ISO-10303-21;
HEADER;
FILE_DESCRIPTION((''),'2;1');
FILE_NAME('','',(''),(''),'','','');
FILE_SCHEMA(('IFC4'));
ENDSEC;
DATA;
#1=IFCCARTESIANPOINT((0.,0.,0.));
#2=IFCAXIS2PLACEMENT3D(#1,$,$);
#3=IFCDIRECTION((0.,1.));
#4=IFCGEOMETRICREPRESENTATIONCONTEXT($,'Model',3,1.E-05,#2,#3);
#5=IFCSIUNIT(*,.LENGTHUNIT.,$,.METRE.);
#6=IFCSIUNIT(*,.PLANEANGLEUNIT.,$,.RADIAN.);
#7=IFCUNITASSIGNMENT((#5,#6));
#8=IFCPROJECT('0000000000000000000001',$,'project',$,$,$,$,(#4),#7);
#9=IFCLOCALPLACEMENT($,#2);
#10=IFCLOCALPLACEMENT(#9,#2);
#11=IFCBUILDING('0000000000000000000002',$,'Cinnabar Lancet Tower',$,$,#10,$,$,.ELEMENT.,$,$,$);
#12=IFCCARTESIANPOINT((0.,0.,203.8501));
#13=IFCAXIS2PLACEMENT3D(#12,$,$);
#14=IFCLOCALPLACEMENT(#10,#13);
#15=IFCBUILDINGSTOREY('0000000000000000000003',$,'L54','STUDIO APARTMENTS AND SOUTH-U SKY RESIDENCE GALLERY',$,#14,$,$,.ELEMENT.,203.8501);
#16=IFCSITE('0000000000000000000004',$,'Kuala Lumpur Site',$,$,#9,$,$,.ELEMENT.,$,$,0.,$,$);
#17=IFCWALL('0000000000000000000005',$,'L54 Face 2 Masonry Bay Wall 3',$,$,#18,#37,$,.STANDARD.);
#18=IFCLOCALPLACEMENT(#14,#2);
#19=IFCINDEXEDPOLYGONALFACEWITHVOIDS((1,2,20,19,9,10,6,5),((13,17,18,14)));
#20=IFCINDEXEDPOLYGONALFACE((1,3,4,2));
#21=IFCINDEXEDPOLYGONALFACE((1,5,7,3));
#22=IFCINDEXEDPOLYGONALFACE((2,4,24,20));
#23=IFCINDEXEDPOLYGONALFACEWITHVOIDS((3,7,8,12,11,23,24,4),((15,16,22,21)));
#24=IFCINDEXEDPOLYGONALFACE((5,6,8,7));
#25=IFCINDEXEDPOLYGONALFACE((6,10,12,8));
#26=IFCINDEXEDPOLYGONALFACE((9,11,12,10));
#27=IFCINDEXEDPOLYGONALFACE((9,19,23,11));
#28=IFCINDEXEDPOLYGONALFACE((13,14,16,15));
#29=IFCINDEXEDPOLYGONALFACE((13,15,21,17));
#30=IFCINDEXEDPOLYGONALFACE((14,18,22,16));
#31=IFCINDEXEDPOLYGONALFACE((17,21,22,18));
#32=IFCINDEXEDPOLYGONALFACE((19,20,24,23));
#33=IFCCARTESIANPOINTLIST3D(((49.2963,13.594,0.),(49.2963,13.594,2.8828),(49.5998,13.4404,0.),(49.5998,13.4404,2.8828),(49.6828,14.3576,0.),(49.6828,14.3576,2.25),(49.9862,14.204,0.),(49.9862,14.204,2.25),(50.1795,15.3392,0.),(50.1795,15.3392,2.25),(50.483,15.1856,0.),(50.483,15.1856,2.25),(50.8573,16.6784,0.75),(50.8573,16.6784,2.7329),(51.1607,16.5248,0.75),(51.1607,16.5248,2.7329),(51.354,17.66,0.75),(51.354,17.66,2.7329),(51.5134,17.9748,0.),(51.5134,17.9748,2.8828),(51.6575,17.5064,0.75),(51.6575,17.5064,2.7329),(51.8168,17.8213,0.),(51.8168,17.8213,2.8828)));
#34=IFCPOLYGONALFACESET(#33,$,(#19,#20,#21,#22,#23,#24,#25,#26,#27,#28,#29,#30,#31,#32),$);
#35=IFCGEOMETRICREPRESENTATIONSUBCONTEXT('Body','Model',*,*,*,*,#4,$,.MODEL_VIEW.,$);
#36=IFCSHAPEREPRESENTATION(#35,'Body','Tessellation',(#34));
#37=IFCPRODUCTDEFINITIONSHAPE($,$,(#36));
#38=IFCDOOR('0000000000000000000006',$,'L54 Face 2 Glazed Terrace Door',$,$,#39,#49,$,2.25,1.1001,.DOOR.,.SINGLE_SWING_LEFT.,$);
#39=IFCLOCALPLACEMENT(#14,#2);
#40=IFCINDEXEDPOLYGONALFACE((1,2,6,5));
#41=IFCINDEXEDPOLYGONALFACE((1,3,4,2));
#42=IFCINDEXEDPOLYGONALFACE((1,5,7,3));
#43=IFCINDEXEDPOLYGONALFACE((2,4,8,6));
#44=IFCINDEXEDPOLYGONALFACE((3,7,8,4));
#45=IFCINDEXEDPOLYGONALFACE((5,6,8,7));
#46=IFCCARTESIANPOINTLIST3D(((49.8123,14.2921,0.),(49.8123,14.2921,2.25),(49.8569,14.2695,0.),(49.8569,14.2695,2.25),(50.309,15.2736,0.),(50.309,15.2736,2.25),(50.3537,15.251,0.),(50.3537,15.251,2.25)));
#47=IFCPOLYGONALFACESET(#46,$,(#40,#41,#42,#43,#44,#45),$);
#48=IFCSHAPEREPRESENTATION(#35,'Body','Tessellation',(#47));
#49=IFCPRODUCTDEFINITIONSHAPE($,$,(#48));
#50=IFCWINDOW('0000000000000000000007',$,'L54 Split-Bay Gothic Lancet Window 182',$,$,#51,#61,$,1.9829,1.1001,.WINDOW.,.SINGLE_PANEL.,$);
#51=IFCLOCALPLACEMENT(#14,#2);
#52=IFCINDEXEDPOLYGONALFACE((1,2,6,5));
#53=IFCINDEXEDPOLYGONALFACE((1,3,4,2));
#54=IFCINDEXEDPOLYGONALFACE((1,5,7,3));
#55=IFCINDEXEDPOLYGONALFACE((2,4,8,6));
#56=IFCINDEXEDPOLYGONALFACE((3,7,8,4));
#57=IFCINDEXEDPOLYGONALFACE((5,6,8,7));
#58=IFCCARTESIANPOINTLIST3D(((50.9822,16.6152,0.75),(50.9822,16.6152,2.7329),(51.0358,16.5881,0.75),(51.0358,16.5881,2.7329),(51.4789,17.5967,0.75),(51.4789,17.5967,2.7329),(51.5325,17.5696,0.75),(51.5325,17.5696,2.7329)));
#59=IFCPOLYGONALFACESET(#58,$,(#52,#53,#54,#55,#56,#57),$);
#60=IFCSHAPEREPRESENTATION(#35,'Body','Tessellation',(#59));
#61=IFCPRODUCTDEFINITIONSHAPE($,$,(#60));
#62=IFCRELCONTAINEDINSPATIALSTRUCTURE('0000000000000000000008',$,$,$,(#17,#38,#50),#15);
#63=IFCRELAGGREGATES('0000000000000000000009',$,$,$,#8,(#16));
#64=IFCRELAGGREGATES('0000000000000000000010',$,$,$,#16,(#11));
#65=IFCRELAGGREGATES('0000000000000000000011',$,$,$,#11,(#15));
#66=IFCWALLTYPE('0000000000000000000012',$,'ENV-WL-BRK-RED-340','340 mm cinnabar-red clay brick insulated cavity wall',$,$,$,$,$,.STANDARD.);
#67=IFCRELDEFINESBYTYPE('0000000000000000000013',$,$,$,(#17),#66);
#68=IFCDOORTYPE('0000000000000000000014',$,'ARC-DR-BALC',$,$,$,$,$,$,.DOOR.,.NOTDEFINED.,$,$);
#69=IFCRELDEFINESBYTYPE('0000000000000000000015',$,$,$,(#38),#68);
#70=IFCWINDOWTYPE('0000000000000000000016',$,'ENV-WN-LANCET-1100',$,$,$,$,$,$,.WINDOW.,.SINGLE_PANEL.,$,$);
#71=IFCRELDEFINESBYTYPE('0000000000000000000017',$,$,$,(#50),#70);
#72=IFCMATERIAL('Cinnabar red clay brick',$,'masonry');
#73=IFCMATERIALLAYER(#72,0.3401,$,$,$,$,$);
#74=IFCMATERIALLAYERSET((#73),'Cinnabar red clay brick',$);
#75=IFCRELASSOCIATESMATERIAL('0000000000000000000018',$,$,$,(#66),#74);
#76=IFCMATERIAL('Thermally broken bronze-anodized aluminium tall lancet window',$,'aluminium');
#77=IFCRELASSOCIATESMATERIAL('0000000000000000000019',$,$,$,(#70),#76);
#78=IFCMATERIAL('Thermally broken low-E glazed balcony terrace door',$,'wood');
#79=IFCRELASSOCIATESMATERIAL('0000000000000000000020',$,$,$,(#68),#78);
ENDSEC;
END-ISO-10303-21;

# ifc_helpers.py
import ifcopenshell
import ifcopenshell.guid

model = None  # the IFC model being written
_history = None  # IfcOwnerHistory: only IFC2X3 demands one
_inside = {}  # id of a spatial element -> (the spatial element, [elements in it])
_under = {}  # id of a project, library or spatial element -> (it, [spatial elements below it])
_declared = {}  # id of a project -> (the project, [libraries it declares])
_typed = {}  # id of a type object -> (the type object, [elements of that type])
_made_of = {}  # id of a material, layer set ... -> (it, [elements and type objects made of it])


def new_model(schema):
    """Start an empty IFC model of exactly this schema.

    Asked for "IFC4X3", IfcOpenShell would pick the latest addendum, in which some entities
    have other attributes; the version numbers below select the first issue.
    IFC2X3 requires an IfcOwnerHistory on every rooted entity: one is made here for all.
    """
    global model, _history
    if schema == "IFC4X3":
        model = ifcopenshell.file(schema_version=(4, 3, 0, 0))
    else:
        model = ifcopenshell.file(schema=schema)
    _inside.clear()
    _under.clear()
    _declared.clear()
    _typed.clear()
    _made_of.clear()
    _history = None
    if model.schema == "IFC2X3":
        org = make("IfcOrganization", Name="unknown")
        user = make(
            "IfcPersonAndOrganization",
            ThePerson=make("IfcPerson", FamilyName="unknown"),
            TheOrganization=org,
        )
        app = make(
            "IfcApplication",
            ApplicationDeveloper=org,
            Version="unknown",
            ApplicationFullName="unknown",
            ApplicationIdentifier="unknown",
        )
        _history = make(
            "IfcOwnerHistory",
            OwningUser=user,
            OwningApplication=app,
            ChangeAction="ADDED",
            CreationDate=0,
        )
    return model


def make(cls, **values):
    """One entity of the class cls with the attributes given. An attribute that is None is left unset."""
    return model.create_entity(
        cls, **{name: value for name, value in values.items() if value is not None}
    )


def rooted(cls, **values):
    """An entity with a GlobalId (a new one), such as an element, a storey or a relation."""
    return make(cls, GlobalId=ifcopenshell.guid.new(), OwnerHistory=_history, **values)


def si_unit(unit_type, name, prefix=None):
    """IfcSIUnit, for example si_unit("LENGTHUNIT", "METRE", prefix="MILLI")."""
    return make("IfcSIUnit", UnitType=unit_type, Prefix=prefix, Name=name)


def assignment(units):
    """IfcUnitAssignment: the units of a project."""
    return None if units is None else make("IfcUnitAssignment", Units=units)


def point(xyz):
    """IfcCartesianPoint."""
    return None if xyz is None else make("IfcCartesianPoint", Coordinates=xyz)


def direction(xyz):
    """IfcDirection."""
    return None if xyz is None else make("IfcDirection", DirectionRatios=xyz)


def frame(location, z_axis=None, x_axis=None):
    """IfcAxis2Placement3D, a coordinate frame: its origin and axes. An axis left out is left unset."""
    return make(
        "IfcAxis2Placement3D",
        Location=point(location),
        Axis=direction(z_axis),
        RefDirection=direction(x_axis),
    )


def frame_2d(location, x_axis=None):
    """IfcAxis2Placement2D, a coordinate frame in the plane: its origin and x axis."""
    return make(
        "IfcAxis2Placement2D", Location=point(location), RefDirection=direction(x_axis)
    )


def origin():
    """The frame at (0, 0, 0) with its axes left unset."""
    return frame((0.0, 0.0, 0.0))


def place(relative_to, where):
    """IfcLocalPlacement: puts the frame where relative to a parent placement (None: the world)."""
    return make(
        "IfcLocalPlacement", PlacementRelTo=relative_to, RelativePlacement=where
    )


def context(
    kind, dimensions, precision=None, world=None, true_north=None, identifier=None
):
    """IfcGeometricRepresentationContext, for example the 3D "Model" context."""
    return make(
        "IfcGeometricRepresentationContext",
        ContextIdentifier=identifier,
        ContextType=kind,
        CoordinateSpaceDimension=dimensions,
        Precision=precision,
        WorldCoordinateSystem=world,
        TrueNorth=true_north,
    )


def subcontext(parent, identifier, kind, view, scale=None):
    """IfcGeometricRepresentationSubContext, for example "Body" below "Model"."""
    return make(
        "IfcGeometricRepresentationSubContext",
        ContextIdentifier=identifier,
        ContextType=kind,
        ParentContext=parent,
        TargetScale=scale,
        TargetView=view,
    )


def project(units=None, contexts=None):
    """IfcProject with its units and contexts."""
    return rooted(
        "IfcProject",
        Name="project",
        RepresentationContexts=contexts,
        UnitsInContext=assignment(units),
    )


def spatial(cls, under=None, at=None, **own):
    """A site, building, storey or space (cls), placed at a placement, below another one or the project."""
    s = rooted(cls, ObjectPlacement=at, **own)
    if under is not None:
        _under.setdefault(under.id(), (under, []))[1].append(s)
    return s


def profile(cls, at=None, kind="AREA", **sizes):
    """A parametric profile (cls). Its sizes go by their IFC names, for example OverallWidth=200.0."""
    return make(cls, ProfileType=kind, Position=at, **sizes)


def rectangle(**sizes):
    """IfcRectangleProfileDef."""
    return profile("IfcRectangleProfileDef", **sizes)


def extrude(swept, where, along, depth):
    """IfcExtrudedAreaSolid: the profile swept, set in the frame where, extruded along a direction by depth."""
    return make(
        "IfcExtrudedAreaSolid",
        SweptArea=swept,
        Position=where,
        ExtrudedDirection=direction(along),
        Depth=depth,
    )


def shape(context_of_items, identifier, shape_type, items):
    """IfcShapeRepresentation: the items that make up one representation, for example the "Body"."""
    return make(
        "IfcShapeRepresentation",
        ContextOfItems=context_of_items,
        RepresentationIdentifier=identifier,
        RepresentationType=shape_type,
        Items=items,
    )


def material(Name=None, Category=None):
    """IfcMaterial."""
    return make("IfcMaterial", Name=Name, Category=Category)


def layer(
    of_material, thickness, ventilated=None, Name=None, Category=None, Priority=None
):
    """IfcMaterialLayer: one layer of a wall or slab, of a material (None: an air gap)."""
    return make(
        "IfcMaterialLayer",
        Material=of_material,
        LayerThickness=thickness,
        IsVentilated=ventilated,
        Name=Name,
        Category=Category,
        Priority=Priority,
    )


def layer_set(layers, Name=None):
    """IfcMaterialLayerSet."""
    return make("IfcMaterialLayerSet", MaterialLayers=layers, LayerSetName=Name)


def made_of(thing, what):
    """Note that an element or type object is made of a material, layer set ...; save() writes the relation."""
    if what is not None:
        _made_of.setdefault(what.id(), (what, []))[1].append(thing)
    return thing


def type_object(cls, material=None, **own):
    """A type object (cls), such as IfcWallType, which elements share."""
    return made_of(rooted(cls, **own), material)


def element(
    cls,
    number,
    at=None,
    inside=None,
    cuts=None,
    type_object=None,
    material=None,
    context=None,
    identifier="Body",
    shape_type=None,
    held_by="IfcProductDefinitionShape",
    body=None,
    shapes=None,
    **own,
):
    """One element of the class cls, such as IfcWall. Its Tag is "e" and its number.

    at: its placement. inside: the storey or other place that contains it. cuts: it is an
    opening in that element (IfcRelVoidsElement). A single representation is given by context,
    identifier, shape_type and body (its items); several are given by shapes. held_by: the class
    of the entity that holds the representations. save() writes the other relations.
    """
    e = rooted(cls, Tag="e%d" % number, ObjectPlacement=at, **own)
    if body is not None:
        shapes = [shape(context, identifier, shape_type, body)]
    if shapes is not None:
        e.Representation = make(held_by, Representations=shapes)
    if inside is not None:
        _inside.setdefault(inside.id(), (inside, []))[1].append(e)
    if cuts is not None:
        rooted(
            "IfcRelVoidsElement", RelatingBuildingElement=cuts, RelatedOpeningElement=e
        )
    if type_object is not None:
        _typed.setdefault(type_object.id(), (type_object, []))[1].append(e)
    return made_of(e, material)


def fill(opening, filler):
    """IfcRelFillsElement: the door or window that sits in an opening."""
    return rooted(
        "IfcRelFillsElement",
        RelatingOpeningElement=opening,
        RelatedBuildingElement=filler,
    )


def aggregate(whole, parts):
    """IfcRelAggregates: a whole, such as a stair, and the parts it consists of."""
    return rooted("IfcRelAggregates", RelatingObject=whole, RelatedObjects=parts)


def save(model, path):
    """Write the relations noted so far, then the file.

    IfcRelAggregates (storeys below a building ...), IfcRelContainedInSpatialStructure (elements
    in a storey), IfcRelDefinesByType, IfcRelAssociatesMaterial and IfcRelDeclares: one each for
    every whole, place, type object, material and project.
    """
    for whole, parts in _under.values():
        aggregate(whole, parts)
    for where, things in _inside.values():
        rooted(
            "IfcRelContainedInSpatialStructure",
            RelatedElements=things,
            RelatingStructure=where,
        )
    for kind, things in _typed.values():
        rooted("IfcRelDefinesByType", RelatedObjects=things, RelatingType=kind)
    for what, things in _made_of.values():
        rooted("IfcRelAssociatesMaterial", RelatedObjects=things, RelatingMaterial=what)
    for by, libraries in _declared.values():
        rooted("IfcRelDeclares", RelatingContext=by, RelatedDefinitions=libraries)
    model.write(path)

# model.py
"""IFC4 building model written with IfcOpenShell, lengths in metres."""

from ifc_helpers import new_model, si_unit, direction, frame, frame_2d, origin, place, context, subcontext, project, spatial, rectangle, extrude, material, layer, layer_set, type_object, element, fill, save


model = new_model("IFC4")

# Units and contexts
model_context = context("Model", 3, precision=1e-05, world=origin(), true_north=direction((0.0, 1.0)))
body_context = subcontext(model_context, "Body", "Model", "MODEL_VIEW")
ifc_project = project(units=[si_unit("LENGTHUNIT", "METRE"), si_unit("PLANEANGLEUNIT", "RADIAN")], contexts=[model_context])

# Site, building, storey
site_placement = place(None, origin())
site = spatial("IfcSite", under=ifc_project, at=site_placement, Name="Kuala Lumpur Site", CompositionType="ELEMENT", RefElevation=0.0)
building_placement = place(site_placement, origin())
building = spatial("IfcBuilding", under=site, at=building_placement, Name="Cinnabar Lancet Tower", CompositionType="ELEMENT")
storey_placement = place(building_placement, frame((0.0, 0.0, 203.8501)))
storey = spatial("IfcBuildingStorey", under=building, at=storey_placement, Name="L54", Description="STUDIO APARTMENTS AND SOUTH-U SKY RESIDENCE GALLERY", CompositionType="ELEMENT", Elevation=203.8501)

# Shared definitions
ifc_material_1 = material(Name="Cinnabar red clay brick", Category="masonry")
ifc_layer_1 = layer(ifc_material_1, 0.3401)
ifc_layer_set_1 = layer_set([ifc_layer_1], Name="Cinnabar red clay brick")
wall_type_1 = type_object("IfcWallType", Name="ENV-WL-BRK-RED-340", Description="340 mm cinnabar-red clay brick insulated cavity wall", PredefinedType="STANDARD", material=ifc_layer_set_1)

# Shared definitions
ifc_material_2 = material(Name="Thermally broken bronze-anodized aluminium tall lancet window", Category="aluminium")
window_type = type_object("IfcWindowType", Name="ENV-WN-LANCET-1100", PartitioningType="SINGLE_PANEL", PredefinedType="WINDOW", material=ifc_material_2)

# Wall, openings, door, window
wall_1_placement = place(storey_placement, frame((49.448, 13.5171, 0.0), z_axis=(0.0, 0.0, 1.0), x_axis=(0.451544, 0.892249, 0.0)))
wall_1 = element("IfcWall", 1, at=wall_1_placement, inside=storey, type_object=wall_type_1, Name="L54 Face 2 Masonry Bay Wall 3", PredefinedType="STANDARD", context=body_context, shape_type="SweptSolid", body=[
    extrude(rectangle(XDim=4.9099, YDim=0.3401, at=frame_2d((2.4551, 0.0))), origin(), (0.0, 0.0, 1.0), 2.8828),
])
opening_1_placement = place(wall_1_placement, frame((0.856, 0.0, 0.0)))
opening_1 = element("IfcOpeningElement", 2, at=opening_1_placement, cuts=wall_1, PredefinedType="OPENING", context=body_context, shape_type="SweptSolid", body=[
    extrude(rectangle(XDim=1.1001, YDim=2.25, at=frame_2d((0.55, 1.125))), frame((0.0, 0.1799, 0.0), z_axis=(0.0, -1.0, 0.0), x_axis=(1.0, 0.0, 0.0)), (0.0, 0.0, 1.0), 0.3601),
])
opening_2_placement = place(wall_1_placement, frame((3.457, 0.0, 0.75)))
opening_2 = element("IfcOpeningElement", 3, at=opening_2_placement, cuts=wall_1, PredefinedType="OPENING", context=body_context, shape_type="SweptSolid", body=[
    extrude(rectangle(XDim=1.1001, YDim=1.9829, at=frame_2d((0.55, 0.9915))), frame((0.0, 0.1799, 0.0), z_axis=(0.0, -1.0, 0.0), x_axis=(1.0, 0.0, 0.0)), (0.0, 0.0, 1.0), 0.3601),
])
ifc_material_3 = material(Name="Thermally broken low-E glazed balcony terrace door", Category="wood")
door_type_1 = type_object("IfcDoorType", Name="ARC-DR-BALC", OperationType="NOTDEFINED", PredefinedType="DOOR", material=ifc_material_3)
door_1_placement = place(opening_1_placement, origin())
door_1 = element("IfcDoor", 4, at=door_1_placement, inside=storey, type_object=door_type_1, Name="L54 Face 2 Glazed Terrace Door", OperationType="SINGLE_SWING_LEFT", OverallHeight=2.25, OverallWidth=1.1001, PredefinedType="DOOR", context=body_context, shape_type="SweptSolid", body=[
    extrude(rectangle(XDim=1.1001, YDim=2.25, at=frame_2d((0.55, 1.125))), frame((0.0, 0.0249, 0.0), z_axis=(0.0, -1.0, 0.0), x_axis=(1.0, 0.0, 0.0)), (0.0, 0.0, 1.0), 0.05),
])
fill(opening_1, door_1)
window_1_placement = place(opening_2_placement, origin())
window_1 = element("IfcWindow", 5, at=window_1_placement, inside=storey, type_object=window_type, Name="L54 Split-Bay Gothic Lancet Window 182", OverallHeight=1.9829, OverallWidth=1.1001, PartitioningType="SINGLE_PANEL", PredefinedType="WINDOW", context=body_context, shape_type="SweptSolid", body=[
    extrude(rectangle(XDim=1.1001, YDim=1.9829, at=frame_2d((0.55, 0.9915))), frame((0.0, 0.03, 0.0), z_axis=(0.0, -1.0, 0.0), x_axis=(1.0, 0.0, 0.0)), (0.0, 0.0, 1.0), 0.0601),
])
fill(opening_2, window_1)

save(model, "model.ifc")
